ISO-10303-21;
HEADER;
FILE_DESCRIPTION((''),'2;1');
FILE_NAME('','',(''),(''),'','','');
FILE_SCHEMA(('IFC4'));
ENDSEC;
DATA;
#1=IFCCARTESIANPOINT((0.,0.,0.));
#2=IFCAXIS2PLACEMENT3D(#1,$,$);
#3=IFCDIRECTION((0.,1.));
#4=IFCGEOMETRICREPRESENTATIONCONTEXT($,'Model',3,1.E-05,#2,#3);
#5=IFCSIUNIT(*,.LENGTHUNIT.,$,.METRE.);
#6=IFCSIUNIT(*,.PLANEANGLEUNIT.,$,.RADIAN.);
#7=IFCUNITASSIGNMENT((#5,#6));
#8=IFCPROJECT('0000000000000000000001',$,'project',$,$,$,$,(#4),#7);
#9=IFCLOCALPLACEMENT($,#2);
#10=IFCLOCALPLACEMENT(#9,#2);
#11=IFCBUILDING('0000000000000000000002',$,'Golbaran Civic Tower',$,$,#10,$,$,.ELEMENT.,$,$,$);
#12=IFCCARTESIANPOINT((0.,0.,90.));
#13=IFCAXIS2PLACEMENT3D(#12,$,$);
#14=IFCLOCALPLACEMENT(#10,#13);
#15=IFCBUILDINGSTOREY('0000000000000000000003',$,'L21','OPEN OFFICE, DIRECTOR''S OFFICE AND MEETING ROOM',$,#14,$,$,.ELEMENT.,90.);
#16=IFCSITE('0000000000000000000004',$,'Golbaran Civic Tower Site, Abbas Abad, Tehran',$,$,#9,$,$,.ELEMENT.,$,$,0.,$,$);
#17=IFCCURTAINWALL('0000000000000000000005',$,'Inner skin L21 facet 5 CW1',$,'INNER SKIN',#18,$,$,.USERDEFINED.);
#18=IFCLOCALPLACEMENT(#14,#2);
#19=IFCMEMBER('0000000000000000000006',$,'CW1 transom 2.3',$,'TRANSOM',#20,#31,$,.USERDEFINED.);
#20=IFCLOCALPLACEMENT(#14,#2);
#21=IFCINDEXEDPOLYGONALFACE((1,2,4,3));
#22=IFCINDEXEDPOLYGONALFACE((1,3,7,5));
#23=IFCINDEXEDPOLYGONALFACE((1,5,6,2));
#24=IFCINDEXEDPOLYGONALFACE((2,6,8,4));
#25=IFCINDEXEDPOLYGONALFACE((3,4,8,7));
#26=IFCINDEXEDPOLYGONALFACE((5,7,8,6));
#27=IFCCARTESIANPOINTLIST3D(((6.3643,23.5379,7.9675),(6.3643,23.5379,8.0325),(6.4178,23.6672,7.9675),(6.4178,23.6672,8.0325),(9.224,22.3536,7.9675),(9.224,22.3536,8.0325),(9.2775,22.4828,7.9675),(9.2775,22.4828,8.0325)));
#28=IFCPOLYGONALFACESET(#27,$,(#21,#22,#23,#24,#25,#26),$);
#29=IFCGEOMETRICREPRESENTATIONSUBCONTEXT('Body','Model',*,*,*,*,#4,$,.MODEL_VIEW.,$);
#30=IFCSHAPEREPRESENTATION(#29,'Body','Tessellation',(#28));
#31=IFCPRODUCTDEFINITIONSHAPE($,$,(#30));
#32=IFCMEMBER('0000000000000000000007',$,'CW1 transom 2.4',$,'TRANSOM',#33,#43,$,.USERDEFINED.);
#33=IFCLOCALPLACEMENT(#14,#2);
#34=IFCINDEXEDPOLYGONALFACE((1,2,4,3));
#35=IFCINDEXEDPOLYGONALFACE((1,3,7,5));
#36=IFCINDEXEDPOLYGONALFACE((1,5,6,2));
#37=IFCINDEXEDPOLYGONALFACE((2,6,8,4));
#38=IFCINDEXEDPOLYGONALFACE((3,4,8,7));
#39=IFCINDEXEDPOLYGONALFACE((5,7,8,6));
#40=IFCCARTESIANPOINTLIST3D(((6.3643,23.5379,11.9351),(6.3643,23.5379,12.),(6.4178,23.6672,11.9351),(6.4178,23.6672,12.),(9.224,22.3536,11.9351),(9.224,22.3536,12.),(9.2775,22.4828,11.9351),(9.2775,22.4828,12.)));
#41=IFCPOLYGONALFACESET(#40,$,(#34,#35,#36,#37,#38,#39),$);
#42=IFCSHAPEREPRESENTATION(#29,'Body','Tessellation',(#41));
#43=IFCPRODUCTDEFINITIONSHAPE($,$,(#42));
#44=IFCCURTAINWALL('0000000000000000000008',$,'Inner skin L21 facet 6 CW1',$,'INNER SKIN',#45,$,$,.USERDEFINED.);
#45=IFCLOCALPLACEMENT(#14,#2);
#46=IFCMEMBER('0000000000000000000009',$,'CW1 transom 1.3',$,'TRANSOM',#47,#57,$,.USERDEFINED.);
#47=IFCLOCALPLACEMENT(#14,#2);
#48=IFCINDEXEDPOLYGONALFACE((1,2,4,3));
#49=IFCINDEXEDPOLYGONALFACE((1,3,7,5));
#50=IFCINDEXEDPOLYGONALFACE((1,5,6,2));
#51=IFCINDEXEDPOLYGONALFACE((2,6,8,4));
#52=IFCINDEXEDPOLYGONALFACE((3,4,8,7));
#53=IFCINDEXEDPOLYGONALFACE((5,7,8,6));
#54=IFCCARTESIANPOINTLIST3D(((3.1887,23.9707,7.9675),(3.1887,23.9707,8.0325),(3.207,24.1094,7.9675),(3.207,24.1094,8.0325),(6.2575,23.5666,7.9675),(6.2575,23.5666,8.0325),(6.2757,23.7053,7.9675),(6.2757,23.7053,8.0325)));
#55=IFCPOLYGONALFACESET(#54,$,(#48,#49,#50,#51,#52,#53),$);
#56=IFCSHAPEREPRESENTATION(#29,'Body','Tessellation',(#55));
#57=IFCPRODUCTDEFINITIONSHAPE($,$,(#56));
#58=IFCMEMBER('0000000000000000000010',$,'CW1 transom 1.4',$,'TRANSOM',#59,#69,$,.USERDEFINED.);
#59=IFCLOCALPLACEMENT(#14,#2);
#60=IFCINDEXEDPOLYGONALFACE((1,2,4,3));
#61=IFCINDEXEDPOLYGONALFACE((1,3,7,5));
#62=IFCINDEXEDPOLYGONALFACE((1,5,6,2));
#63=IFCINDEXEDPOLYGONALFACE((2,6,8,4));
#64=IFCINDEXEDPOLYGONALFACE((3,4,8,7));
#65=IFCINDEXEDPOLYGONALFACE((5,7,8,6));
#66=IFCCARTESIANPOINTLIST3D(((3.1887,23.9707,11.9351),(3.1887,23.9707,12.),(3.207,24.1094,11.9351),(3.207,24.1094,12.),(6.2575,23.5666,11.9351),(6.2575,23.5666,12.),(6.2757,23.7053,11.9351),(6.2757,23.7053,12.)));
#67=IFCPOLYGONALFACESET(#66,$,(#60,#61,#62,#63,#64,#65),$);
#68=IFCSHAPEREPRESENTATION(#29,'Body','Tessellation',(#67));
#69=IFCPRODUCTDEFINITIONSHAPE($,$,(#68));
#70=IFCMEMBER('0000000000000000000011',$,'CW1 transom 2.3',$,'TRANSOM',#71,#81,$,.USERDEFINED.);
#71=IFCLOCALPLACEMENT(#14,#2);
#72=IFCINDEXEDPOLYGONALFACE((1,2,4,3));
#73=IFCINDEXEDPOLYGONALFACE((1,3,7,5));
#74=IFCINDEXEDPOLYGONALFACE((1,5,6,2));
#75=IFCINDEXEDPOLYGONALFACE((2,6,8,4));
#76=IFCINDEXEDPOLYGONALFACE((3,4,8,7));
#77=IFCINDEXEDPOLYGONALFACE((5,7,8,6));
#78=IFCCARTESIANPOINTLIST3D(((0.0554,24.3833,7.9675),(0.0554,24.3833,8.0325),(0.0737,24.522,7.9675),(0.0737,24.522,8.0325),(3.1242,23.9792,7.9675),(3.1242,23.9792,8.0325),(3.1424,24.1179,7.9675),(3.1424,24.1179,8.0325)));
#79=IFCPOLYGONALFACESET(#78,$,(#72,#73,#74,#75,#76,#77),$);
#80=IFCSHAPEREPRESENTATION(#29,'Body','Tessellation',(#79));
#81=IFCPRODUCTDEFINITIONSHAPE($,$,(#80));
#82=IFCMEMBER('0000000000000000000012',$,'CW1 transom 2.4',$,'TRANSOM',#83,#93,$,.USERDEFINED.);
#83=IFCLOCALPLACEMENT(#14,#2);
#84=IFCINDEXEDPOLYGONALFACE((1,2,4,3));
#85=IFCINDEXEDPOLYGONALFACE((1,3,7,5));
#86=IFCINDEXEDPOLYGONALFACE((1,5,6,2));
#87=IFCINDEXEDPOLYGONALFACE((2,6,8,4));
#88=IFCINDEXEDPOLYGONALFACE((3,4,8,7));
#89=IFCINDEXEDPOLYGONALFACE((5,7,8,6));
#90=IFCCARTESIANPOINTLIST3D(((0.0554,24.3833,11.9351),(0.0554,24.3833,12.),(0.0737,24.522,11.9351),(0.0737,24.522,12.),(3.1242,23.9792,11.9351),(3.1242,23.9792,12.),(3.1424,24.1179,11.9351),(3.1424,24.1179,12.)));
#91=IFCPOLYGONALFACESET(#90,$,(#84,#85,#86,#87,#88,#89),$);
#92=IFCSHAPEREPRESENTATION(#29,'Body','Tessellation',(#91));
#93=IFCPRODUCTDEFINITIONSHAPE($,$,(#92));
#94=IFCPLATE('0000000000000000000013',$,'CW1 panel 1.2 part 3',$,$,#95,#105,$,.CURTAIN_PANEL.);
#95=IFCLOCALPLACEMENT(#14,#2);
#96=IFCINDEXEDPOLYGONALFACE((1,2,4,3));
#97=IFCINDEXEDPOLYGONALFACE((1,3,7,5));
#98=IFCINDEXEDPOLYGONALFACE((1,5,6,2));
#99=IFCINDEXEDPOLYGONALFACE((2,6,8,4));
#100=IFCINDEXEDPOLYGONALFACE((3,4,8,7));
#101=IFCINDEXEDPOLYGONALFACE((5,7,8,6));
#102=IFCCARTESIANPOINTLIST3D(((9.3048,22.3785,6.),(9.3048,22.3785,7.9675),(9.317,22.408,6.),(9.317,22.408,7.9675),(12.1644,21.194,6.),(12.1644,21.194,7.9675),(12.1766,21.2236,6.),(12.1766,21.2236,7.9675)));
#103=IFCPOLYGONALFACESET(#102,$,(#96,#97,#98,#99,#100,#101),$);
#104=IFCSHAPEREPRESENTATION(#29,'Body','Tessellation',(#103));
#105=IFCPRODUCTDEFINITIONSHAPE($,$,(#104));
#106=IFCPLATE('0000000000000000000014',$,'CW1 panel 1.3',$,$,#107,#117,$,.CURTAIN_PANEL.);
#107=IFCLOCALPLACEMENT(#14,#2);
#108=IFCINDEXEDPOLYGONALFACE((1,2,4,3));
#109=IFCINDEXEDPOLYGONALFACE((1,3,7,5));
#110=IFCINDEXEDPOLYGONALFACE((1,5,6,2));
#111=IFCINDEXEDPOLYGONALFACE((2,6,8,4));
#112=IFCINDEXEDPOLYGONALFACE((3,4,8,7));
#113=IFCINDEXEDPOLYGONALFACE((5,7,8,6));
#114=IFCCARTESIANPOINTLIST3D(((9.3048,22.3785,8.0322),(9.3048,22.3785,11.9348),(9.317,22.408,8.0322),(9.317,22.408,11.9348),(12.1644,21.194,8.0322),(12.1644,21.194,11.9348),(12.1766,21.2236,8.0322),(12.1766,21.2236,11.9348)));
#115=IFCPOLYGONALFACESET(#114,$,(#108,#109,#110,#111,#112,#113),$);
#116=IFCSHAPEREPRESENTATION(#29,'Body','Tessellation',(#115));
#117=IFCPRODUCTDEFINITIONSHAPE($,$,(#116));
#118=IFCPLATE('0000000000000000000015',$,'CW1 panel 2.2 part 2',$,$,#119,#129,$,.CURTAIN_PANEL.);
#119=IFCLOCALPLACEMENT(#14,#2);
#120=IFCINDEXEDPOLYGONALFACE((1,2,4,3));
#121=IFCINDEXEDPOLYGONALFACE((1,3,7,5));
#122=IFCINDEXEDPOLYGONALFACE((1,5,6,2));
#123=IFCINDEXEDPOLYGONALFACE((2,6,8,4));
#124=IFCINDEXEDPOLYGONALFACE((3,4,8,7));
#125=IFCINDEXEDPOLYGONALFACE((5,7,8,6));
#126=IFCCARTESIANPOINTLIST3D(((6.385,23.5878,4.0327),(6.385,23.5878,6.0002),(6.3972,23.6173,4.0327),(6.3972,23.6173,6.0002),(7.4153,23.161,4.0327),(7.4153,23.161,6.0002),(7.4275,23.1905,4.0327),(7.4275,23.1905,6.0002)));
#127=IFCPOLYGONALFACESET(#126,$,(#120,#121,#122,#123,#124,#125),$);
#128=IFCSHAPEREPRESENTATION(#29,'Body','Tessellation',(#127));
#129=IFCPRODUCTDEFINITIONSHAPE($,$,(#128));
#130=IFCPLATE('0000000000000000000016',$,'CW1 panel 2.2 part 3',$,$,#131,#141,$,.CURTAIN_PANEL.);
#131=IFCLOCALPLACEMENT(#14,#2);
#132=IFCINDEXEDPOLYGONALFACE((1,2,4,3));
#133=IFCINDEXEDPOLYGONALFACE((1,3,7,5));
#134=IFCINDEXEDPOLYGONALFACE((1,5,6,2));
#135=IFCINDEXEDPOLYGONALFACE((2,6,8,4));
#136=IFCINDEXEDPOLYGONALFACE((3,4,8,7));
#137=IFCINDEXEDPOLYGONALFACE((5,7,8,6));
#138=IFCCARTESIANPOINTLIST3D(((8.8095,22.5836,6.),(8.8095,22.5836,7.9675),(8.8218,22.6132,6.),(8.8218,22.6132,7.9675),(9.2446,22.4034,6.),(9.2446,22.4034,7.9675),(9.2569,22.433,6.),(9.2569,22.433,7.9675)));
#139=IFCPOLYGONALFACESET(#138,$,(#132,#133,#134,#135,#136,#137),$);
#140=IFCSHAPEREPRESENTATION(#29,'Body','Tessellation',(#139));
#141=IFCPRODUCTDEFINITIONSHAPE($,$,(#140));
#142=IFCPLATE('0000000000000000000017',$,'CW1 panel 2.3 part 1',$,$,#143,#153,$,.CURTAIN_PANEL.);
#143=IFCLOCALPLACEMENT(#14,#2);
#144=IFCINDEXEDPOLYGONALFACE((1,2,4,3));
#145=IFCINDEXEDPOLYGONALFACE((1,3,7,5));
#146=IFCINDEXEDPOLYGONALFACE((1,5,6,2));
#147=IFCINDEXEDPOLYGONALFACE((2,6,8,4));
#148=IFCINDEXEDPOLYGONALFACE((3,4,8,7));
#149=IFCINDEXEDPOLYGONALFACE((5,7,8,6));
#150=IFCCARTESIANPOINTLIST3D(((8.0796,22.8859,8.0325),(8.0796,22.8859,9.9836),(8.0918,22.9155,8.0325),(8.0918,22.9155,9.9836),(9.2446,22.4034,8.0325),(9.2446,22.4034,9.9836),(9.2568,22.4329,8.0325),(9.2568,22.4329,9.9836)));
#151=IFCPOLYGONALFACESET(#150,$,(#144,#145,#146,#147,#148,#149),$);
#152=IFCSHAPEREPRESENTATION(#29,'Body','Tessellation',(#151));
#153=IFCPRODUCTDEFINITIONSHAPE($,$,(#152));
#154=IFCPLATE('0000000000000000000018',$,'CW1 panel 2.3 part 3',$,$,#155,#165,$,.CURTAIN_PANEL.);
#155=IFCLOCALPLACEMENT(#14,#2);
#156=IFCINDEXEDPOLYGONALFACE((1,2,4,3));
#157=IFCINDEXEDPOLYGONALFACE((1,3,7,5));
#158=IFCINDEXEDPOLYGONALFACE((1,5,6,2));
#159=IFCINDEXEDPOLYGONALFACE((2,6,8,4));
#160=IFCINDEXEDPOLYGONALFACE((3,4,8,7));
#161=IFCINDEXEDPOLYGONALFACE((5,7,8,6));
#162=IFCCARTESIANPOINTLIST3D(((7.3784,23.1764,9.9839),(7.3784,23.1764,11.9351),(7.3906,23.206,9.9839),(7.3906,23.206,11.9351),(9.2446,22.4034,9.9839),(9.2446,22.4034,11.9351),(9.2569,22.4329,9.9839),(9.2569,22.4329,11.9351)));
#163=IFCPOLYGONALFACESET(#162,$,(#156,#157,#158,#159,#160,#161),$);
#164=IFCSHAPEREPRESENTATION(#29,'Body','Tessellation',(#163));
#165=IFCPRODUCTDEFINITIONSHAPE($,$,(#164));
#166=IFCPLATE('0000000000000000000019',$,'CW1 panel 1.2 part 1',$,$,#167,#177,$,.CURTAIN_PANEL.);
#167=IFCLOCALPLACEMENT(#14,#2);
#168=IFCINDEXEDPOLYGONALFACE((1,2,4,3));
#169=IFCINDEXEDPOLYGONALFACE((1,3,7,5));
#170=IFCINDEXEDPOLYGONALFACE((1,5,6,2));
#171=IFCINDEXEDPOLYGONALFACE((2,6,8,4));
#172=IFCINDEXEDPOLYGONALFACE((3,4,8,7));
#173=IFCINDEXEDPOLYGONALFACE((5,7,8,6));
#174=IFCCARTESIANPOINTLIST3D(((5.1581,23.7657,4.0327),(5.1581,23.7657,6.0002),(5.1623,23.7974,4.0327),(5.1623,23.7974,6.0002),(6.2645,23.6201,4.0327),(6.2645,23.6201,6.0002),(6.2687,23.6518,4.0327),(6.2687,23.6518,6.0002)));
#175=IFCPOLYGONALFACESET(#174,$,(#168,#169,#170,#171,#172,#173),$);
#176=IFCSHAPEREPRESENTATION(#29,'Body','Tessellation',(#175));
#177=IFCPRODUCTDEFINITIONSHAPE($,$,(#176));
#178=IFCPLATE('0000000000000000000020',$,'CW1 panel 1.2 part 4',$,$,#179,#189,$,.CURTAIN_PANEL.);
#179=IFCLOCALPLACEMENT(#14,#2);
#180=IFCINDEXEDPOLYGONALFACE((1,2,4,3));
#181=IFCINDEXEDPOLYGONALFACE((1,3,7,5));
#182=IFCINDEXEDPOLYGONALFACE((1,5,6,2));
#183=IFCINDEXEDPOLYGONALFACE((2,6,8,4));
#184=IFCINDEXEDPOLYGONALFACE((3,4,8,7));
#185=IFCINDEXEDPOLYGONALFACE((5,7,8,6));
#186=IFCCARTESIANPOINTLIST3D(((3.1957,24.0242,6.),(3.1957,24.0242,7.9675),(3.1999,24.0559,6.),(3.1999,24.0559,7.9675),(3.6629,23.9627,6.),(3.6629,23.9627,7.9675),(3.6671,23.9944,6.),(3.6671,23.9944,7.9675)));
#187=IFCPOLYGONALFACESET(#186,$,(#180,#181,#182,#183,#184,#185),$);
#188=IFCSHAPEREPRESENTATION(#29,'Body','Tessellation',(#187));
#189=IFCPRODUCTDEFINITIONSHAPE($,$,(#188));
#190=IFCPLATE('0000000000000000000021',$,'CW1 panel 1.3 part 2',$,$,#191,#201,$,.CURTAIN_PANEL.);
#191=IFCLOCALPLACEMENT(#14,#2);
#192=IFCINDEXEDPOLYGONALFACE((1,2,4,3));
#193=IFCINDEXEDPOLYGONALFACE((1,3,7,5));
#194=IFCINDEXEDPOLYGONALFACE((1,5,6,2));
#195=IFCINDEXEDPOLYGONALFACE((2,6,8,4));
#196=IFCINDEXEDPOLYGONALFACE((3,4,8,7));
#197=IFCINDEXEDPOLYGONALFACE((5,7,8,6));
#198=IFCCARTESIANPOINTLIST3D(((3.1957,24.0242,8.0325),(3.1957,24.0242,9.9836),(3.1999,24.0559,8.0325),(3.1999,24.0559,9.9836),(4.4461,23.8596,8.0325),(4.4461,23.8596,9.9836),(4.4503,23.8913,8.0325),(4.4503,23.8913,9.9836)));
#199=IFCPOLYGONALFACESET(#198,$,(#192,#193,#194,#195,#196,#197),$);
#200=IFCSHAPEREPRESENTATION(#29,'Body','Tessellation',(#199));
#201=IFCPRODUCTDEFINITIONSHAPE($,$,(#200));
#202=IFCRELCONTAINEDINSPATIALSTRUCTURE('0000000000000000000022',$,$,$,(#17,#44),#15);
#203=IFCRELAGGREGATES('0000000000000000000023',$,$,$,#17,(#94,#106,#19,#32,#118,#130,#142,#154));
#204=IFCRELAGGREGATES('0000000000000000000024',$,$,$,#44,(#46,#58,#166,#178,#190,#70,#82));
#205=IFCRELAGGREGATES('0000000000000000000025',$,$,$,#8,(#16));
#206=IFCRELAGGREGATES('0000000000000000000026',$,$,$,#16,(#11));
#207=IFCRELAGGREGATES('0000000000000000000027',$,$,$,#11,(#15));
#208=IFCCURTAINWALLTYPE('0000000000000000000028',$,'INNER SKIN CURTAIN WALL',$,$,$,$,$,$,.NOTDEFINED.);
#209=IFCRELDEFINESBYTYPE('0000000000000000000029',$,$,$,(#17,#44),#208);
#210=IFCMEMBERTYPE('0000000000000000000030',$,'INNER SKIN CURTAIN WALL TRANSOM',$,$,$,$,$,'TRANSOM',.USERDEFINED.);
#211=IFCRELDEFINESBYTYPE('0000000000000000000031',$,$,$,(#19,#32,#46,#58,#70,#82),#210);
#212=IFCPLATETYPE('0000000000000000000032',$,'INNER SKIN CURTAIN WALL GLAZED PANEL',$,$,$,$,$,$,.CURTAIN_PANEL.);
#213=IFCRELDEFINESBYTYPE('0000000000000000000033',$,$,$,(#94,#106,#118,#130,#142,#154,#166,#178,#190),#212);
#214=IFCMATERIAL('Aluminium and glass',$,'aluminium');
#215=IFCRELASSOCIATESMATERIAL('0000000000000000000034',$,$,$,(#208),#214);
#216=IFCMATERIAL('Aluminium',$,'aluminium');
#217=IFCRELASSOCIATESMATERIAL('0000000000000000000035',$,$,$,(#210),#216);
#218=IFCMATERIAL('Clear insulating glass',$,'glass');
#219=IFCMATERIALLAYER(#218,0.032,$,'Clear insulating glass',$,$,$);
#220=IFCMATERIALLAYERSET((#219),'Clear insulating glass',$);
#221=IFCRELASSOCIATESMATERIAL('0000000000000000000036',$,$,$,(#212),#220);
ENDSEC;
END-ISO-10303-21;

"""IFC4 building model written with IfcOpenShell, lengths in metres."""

from ifc_helpers import new_model, si_unit, direction, frame, origin, origin_2d, place, context, subcontext, project, spatial, rectangle, extrude, material, layer, layer_set, material_profile, profile_set, type_object, element, aggregate, save


model = new_model("IFC4")

# Units and contexts
model_context = context("Model", 3, precision=1e-05, world=origin(), true_north=direction((0.0, 1.0)))
body_context = subcontext(model_context, "Body", "Model", "MODEL_VIEW")
ifc_project = project(units=[si_unit("LENGTHUNIT", "METRE"), si_unit("PLANEANGLEUNIT", "RADIAN")], contexts=[model_context])

# Site, building, storey
site_placement = place(None, origin())
site = spatial("IfcSite", under=ifc_project, at=site_placement, Name="Golbaran Civic Tower Site, Abbas Abad, Tehran", CompositionType="ELEMENT", RefElevation=0.0)
building_placement = place(site_placement, origin())
building = spatial("IfcBuilding", under=site, at=building_placement, Name="Golbaran Civic Tower", CompositionType="ELEMENT")
storey_placement = place(building_placement, frame((0.0, 0.0, 90.0)))
storey = spatial("IfcBuildingStorey", under=building, at=storey_placement, Name="L21", Description="OPEN OFFICE, DIRECTOR'S OFFICE AND MEETING ROOM", CompositionType="ELEMENT", Elevation=90.0)

# Curtain walls, members
ifc_material_1 = material(Name="Aluminium and glass", Category="aluminium")
curtain_wall_type = type_object("IfcCurtainWallType", Name="INNER SKIN CURTAIN WALL", PredefinedType="NOTDEFINED", material=ifc_material_1)
curtain_wall_1_placement = place(storey_placement, origin())
curtain_wall_1 = element("IfcCurtainWall", 1, at=curtain_wall_1_placement, inside=storey, type_object=curtain_wall_type, Name="Inner skin L21 facet 5 CW1", ObjectType="INNER SKIN", PredefinedType="USERDEFINED")
ifc_material_2 = material(Name="Aluminium", Category="aluminium")
ifc_material_profile = material_profile(ifc_material_2, rectangle(XDim=0.1399, YDim=0.0649, at=origin_2d()), Name="INNER SKIN CURTAIN WALL TRANSOM")
ifc_profile_set = profile_set([ifc_material_profile], Name="Aluminium")
member_type = type_object("IfcMemberType", Name="INNER SKIN CURTAIN WALL TRANSOM", ElementType="TRANSOM", PredefinedType="USERDEFINED", material=ifc_profile_set)
member_1_placement = place(storey_placement, frame((9.2507, 22.4182, 8.0), z_axis=(-0.923899, 0.382637, 0.0), x_axis=(-0.382637, -0.923899, 0.0)))
member_1 = element("IfcMember", 2, at=member_1_placement, type_object=member_type, Name="CW1 transom 2.3", ObjectType="TRANSOM", PredefinedType="USERDEFINED", context=body_context, shape_type="SweptSolid", body=[
    extrude(rectangle(XDim=0.1399, YDim=0.0649, at=origin_2d()), origin(), (0.0, 0.0, 1.0), 3.0952),
])
member_2_placement = place(storey_placement, frame((9.2507, 22.4182, 11.9675), z_axis=(-0.923899, 0.382637, 0.0), x_axis=(-0.382637, -0.923899, 0.0)))
member_2 = element("IfcMember", 3, at=member_2_placement, type_object=member_type, Name="CW1 transom 2.4", ObjectType="TRANSOM", PredefinedType="USERDEFINED", context=body_context, shape_type="SweptSolid", body=[
    extrude(rectangle(XDim=0.1399, YDim=0.0649, at=origin_2d()), origin(), (0.0, 0.0, 1.0), 3.0952),
])
curtain_wall_2_placement = place(storey_placement, origin())
curtain_wall_2 = element("IfcCurtainWall", 4, at=curtain_wall_2_placement, inside=storey, type_object=curtain_wall_type, Name="Inner skin L21 facet 6 CW1", ObjectType="INNER SKIN", PredefinedType="USERDEFINED")
member_3_placement = place(storey_placement, frame((6.2666, 23.636, 8.0), z_axis=(-0.991444, 0.130536, 0.0), x_axis=(-0.130536, -0.991444, 0.0)))
member_3 = element("IfcMember", 5, at=member_3_placement, type_object=member_type, Name="CW1 transom 1.3", ObjectType="TRANSOM", PredefinedType="USERDEFINED", context=body_context, shape_type="SweptSolid", body=[
    extrude(rectangle(XDim=0.1399, YDim=0.0649, at=origin_2d()), origin(), (0.0, 0.0, 1.0), 3.0952),
])
member_4_placement = place(storey_placement, frame((6.2666, 23.636, 11.9675), z_axis=(-0.991444, 0.130536, 0.0), x_axis=(-0.130536, -0.991444, 0.0)))
member_4 = element("IfcMember", 6, at=member_4_placement, type_object=member_type, Name="CW1 transom 1.4", ObjectType="TRANSOM", PredefinedType="USERDEFINED", context=body_context, shape_type="SweptSolid", body=[
    extrude(rectangle(XDim=0.1399, YDim=0.0649, at=origin_2d()), origin(), (0.0, 0.0, 1.0), 3.0952),
])
member_5_placement = place(storey_placement, frame((3.1333, 24.0486, 8.0), z_axis=(-0.991444, 0.130536, 0.0), x_axis=(-0.130536, -0.991444, 0.0)))
member_5 = element("IfcMember", 7, at=member_5_placement, type_object=member_type, Name="CW1 transom 2.3", ObjectType="TRANSOM", PredefinedType="USERDEFINED", context=body_context, shape_type="SweptSolid", body=[
    extrude(rectangle(XDim=0.1399, YDim=0.0649, at=origin_2d()), origin(), (0.0, 0.0, 1.0), 3.0952),
])
member_6_placement = place(storey_placement, frame((3.1333, 24.0486, 11.9675), z_axis=(-0.991444, 0.130536, 0.0), x_axis=(-0.130536, -0.991444, 0.0)))
member_6 = element("IfcMember", 8, at=member_6_placement, type_object=member_type, Name="CW1 transom 2.4", ObjectType="TRANSOM", PredefinedType="USERDEFINED", context=body_context, shape_type="SweptSolid", body=[
    extrude(rectangle(XDim=0.1399, YDim=0.0649, at=origin_2d()), origin(), (0.0, 0.0, 1.0), 3.0952),
])

# Plates
ifc_material_3 = material(Name="Clear insulating glass", Category="glass")
ifc_layer_1 = layer(ifc_material_3, 0.032, Name="Clear insulating glass")
ifc_layer_set_1 = layer_set([ifc_layer_1], Name="Clear insulating glass")
plate_type_1 = type_object("IfcPlateType", Name="INNER SKIN CURTAIN WALL GLAZED PANEL", PredefinedType="CURTAIN_PANEL", material=ifc_layer_set_1)
plate_1_placement = place(storey_placement, frame((10.7407, 21.801, 6.0), z_axis=(0.0, 0.0, 1.0), x_axis=(-0.92388, 0.382683, 0.0)))
plate_1 = element("IfcPlate", 9, at=plate_1_placement, type_object=plate_type_1, Name="CW1 panel 1.2 part 3", PredefinedType="CURTAIN_PANEL", context=body_context, shape_type="SweptSolid", body=[
    extrude(rectangle(XDim=3.0952, YDim=0.032, at=origin_2d()), origin(), (0.0, 0.0, 1.0), 1.9675),
])
plate_2_placement = place(storey_placement, frame((10.7407, 21.801, 8.0322), z_axis=(0.0, 0.0, 1.0), x_axis=(-0.92388, 0.382683, 0.0)))
plate_2 = element("IfcPlate", 10, at=plate_2_placement, type_object=plate_type_1, Name="CW1 panel 1.3", PredefinedType="CURTAIN_PANEL", context=body_context, shape_type="SweptSolid", body=[
    extrude(rectangle(XDim=3.0952, YDim=0.032, at=origin_2d()), origin(), (0.0, 0.0, 1.0), 3.9026),
])
plate_3_placement = place(storey_placement, frame((6.9062, 23.3892, 4.0327), z_axis=(0.0, 0.0, 1.0), x_axis=(-0.92388, 0.382683, 0.0)))
plate_3 = element("IfcPlate", 11, at=plate_3_placement, type_object=plate_type_1, Name="CW1 panel 2.2 part 2", PredefinedType="CURTAIN_PANEL", context=body_context, shape_type="SweptSolid", body=[
    extrude(rectangle(XDim=1.1152, YDim=0.032, at=origin_2d()), origin(), (0.0, 0.0, 1.0), 1.9675),
])
plate_4_placement = place(storey_placement, frame((9.0332, 22.5083, 6.0), z_axis=(0.0, 0.0, 1.0), x_axis=(-0.92388, 0.382683, 0.0)))
plate_4 = element("IfcPlate", 12, at=plate_4_placement, type_object=plate_type_1, Name="CW1 panel 2.2 part 3", PredefinedType="CURTAIN_PANEL", context=body_context, shape_type="SweptSolid", body=[
    extrude(rectangle(XDim=0.4709, YDim=0.032, at=origin_2d()), origin(), (0.0, 0.0, 1.0), 1.9675),
])
plate_5_placement = place(storey_placement, frame((8.6682, 22.6594, 8.0325), z_axis=(0.0, 0.0, 1.0), x_axis=(-0.92388, 0.382683, 0.0)))
plate_5 = element("IfcPlate", 13, at=plate_5_placement, type_object=plate_type_1, Name="CW1 panel 2.3 part 1", PredefinedType="CURTAIN_PANEL", context=body_context, shape_type="SweptSolid", body=[
    extrude(rectangle(XDim=1.261, YDim=0.032, at=origin_2d()), origin(), (0.0, 0.0, 1.0), 1.9512),
])
plate_6_placement = place(storey_placement, frame((8.3176, 22.8047, 9.9839), z_axis=(0.0, 0.0, 1.0), x_axis=(-0.92388, 0.382683, 0.0)))
plate_6 = element("IfcPlate", 14, at=plate_6_placement, type_object=plate_type_1, Name="CW1 panel 2.3 part 3", PredefinedType="CURTAIN_PANEL", context=body_context, shape_type="SweptSolid", body=[
    extrude(rectangle(XDim=2.02, YDim=0.032, at=origin_2d()), origin(), (0.0, 0.0, 1.0), 1.9512),
])
plate_7_placement = place(storey_placement, frame((5.7134, 23.7087, 4.0327), z_axis=(0.0, 0.0, 1.0), x_axis=(-0.991445, 0.130526, 0.0)))
plate_7 = element("IfcPlate", 15, at=plate_7_placement, type_object=plate_type_1, Name="CW1 panel 1.2 part 1", PredefinedType="CURTAIN_PANEL", context=body_context, shape_type="SweptSolid", body=[
    extrude(rectangle(XDim=1.116, YDim=0.032, at=origin_2d()), origin(), (0.0, 0.0, 1.0), 1.9675),
])
plate_8_placement = place(storey_placement, frame((3.4314, 24.0093, 6.0), z_axis=(0.0, 0.0, 1.0), x_axis=(-0.991445, 0.130526, 0.0)))
plate_8 = element("IfcPlate", 16, at=plate_8_placement, type_object=plate_type_1, Name="CW1 panel 1.2 part 4", PredefinedType="CURTAIN_PANEL", context=body_context, shape_type="SweptSolid", body=[
    extrude(rectangle(XDim=0.4712, YDim=0.032, at=origin_2d()), origin(), (0.0, 0.0, 1.0), 1.9675),
])
plate_9_placement = place(storey_placement, frame((3.823, 23.9578, 8.0325), z_axis=(0.0, 0.0, 1.0), x_axis=(-0.991445, 0.130526, 0.0)))
plate_9 = element("IfcPlate", 17, at=plate_9_placement, type_object=plate_type_1, Name="CW1 panel 1.3 part 2", PredefinedType="CURTAIN_PANEL", context=body_context, shape_type="SweptSolid", body=[
    extrude(rectangle(XDim=1.2612, YDim=0.032, at=origin_2d()), origin(), (0.0, 0.0, 1.0), 1.9512),
])
aggregate(curtain_wall_1, [plate_1, plate_2, member_1, member_2, plate_3, plate_4, plate_5, plate_6])
aggregate(curtain_wall_2, [member_3, member_4, plate_7, plate_8, plate_9, member_5, member_6])

save(model, "model.ifc")
